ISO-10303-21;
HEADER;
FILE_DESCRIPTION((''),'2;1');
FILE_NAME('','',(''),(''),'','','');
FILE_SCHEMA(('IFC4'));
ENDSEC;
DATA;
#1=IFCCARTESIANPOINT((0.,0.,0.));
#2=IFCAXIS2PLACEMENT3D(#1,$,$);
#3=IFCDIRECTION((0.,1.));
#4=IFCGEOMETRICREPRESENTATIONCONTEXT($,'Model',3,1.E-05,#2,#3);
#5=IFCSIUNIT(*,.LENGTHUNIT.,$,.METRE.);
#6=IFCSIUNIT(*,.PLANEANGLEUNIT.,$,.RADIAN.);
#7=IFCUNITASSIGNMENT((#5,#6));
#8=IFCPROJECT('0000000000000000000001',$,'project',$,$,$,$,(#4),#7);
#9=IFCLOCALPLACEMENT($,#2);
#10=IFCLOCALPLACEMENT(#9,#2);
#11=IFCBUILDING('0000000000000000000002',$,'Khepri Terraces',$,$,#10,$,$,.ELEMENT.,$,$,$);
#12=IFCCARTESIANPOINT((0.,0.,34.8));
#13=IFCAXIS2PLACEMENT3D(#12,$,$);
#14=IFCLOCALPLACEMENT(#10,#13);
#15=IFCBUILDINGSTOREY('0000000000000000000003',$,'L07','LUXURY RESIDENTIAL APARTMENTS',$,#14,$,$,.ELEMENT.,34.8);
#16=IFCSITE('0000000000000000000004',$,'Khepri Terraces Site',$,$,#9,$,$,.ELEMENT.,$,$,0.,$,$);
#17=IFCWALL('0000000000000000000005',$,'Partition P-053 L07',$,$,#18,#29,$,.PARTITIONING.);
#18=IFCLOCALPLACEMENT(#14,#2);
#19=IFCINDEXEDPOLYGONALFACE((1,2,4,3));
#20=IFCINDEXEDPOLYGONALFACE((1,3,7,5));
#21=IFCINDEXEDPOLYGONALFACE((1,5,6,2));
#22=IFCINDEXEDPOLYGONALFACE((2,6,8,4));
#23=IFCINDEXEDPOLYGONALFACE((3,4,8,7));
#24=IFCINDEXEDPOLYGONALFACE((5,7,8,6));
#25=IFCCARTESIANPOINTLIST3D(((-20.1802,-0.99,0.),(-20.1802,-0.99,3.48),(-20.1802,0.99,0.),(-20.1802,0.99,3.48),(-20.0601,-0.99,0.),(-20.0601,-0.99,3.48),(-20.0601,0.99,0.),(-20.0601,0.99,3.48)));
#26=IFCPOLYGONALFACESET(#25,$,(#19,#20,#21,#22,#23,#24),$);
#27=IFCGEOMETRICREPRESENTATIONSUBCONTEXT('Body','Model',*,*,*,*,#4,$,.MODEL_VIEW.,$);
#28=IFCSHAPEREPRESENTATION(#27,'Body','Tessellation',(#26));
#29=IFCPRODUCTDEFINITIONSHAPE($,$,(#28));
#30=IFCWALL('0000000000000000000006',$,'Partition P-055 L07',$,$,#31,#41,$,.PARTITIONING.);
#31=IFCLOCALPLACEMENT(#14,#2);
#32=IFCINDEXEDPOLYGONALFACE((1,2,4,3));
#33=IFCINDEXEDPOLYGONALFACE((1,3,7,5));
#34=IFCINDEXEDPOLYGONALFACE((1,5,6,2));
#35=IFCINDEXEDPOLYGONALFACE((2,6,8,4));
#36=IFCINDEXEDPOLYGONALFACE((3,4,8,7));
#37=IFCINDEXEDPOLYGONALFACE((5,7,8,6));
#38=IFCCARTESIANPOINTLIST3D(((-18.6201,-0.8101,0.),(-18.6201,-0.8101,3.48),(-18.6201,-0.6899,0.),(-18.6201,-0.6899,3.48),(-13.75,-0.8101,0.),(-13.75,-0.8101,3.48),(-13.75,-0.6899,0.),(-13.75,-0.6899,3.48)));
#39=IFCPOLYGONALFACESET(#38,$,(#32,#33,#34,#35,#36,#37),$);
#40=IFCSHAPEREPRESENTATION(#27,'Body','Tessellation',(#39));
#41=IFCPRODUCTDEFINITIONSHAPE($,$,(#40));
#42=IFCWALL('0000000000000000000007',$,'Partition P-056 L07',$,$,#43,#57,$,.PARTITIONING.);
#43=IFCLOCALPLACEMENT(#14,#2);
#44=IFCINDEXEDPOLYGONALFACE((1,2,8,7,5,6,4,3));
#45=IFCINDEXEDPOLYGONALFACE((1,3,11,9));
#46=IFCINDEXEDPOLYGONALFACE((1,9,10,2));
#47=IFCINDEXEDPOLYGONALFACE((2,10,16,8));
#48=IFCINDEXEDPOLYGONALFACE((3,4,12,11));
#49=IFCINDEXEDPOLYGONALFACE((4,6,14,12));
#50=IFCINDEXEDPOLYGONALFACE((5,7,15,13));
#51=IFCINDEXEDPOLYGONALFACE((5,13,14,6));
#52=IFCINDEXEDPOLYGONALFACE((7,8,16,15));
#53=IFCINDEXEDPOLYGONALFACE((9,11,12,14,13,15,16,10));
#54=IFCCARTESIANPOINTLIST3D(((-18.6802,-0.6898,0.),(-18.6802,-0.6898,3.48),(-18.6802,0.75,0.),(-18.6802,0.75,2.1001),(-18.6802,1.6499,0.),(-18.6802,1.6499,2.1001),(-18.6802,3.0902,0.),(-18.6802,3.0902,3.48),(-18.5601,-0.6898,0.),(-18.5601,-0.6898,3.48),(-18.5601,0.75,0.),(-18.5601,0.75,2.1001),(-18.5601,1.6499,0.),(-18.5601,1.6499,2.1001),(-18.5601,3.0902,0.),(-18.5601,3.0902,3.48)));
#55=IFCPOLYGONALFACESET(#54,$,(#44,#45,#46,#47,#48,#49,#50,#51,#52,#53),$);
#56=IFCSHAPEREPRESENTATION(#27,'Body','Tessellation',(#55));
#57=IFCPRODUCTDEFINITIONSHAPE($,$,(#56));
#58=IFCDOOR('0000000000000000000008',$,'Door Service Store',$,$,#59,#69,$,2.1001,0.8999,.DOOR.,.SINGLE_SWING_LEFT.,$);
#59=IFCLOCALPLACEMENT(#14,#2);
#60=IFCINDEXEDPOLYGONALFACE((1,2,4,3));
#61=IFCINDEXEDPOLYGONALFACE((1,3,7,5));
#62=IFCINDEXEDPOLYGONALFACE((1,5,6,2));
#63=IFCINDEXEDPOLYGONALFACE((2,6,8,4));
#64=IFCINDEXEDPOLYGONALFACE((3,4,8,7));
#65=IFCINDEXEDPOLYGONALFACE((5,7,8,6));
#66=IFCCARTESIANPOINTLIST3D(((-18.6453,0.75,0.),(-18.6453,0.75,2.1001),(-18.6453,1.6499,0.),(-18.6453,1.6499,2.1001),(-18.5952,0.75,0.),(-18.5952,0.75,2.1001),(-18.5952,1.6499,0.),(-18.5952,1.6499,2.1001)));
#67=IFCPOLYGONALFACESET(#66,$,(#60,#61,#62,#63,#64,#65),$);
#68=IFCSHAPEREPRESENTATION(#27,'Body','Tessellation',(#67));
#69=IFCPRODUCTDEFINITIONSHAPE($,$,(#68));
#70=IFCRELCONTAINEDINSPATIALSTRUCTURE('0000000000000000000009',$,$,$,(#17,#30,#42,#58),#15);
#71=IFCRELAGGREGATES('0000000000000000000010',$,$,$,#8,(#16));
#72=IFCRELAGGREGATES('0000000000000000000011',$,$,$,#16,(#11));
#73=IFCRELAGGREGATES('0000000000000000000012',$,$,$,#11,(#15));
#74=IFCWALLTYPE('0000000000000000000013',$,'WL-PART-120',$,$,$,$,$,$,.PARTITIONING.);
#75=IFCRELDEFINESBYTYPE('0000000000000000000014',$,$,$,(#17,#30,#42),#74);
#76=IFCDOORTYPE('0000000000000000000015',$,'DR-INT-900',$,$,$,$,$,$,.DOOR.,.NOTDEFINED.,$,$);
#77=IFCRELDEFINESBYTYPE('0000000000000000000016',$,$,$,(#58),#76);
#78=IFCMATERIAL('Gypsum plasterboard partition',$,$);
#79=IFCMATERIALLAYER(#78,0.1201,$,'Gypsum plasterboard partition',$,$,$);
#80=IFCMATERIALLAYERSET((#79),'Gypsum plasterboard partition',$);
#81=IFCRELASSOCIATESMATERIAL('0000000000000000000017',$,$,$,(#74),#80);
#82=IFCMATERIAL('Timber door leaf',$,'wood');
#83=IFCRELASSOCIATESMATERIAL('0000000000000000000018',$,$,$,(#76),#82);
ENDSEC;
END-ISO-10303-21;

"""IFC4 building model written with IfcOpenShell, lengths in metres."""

from ifc_helpers import new_model, si_unit, direction, frame, frame_2d, origin, place, context, subcontext, project, spatial, rectangle, extrude, material, layer, layer_set, type_object, element, fill, save


model = new_model("IFC4")

# Units and contexts
model_context = context("Model", 3, precision=1e-05, world=origin(), true_north=direction((0.0, 1.0)))
body_context = subcontext(model_context, "Body", "Model", "MODEL_VIEW")
ifc_project = project(units=[si_unit("LENGTHUNIT", "METRE"), si_unit("PLANEANGLEUNIT", "RADIAN")], contexts=[model_context])

# Site, building, storey
site_placement = place(None, origin())
site = spatial("IfcSite", under=ifc_project, at=site_placement, Name="Khepri Terraces Site", CompositionType="ELEMENT", RefElevation=0.0)
building_placement = place(site_placement, origin())
building = spatial("IfcBuilding", under=site, at=building_placement, Name="Khepri Terraces", CompositionType="ELEMENT")
storey_placement = place(building_placement, frame((0.0, 0.0, 34.8)))
storey = spatial("IfcBuildingStorey", under=building, at=storey_placement, Name="L07", Description="LUXURY RESIDENTIAL APARTMENTS", CompositionType="ELEMENT", Elevation=34.8)

# Shared definitions
ifc_material_1 = material(Name="Gypsum plasterboard partition")
ifc_layer_1 = layer(ifc_material_1, 0.1201, Name="Gypsum plasterboard partition")
ifc_layer_set_1 = layer_set([ifc_layer_1], Name="Gypsum plasterboard partition")
wall_type_1 = type_object("IfcWallType", Name="WL-PART-120", PredefinedType="PARTITIONING", material=ifc_layer_set_1)

# Shared definitions
ifc_material_2 = material(Name="Timber door leaf", Category="wood")
door_type_1 = type_object("IfcDoorType", Name="DR-INT-900", OperationType="NOTDEFINED", PredefinedType="DOOR", material=ifc_material_2)

# Walls
wall_1_placement = place(storey_placement, frame((-20.1201, -0.99, 0.0), z_axis=(0.0, 0.0, 1.0), x_axis=(0.0, 1.0, 0.0)))
element("IfcWall", 1, at=wall_1_placement, inside=storey, type_object=wall_type_1, Name="Partition P-053 L07", PredefinedType="PARTITIONING", context=body_context, shape_type="SweptSolid", body=[
    extrude(rectangle(XDim=1.98, YDim=0.1201, at=frame_2d((0.99, 0.0))), origin(), (0.0, 0.0, 1.0), 3.48),
])
wall_2_placement = place(storey_placement, frame((-18.6201, -0.75, 0.0), z_axis=(0.0, 0.0, 1.0), x_axis=(1.0, 0.0, 0.0)))
element("IfcWall", 2, at=wall_2_placement, inside=storey, type_object=wall_type_1, Name="Partition P-055 L07", PredefinedType="PARTITIONING", context=body_context, shape_type="SweptSolid", body=[
    extrude(rectangle(XDim=4.8701, YDim=0.1201, at=frame_2d((2.4351, 0.0))), origin(), (0.0, 0.0, 1.0), 3.48),
])

# Wall, opening, door
wall_3_placement = place(storey_placement, frame((-18.6201, -0.6899, 0.0), z_axis=(0.0, 0.0, 1.0), x_axis=(0.0, 1.0, 0.0)))
wall_3 = element("IfcWall", 3, at=wall_3_placement, inside=storey, type_object=wall_type_1, Name="Partition P-056 L07", PredefinedType="PARTITIONING", context=body_context, shape_type="SweptSolid", body=[
    extrude(rectangle(XDim=3.78, YDim=0.1201, at=frame_2d((1.8901, 0.0))), origin(), (0.0, 0.0, 1.0), 3.48),
])
opening_1_placement = place(wall_3_placement, frame((1.4399, 0.0, 0.0)))
opening_1 = element("IfcOpeningElement", 4, at=opening_1_placement, cuts=wall_3, PredefinedType="OPENING", context=body_context, shape_type="SweptSolid", body=[
    extrude(rectangle(XDim=0.8999, YDim=2.1001, at=frame_2d((0.45, 1.05))), frame((0.0, 0.0701, 0.0), z_axis=(0.0, -1.0, 0.0), x_axis=(1.0, 0.0, 0.0)), (0.0, 0.0, 1.0), 0.1401),
])
door_1_placement = place(opening_1_placement, frame((0.8999, 0.0, 0.0), z_axis=(0.0, 0.0, 1.0), x_axis=(-1.0, 0.0, 0.0)))
door_1 = element("IfcDoor", 5, at=door_1_placement, inside=storey, type_object=door_type_1, Name="Door Service Store", OperationType="SINGLE_SWING_LEFT", OverallHeight=2.1001, OverallWidth=0.8999, PredefinedType="DOOR", context=body_context, shape_type="SweptSolid", body=[
    extrude(rectangle(XDim=0.8999, YDim=2.1001, at=frame_2d((0.45, 1.05))), frame((0.0, 0.0249, 0.0), z_axis=(0.0, -1.0, 0.0), x_axis=(1.0, 0.0, 0.0)), (0.0, 0.0, 1.0), 0.05),
])
fill(opening_1, door_1)

save(model, "model.ifc")
